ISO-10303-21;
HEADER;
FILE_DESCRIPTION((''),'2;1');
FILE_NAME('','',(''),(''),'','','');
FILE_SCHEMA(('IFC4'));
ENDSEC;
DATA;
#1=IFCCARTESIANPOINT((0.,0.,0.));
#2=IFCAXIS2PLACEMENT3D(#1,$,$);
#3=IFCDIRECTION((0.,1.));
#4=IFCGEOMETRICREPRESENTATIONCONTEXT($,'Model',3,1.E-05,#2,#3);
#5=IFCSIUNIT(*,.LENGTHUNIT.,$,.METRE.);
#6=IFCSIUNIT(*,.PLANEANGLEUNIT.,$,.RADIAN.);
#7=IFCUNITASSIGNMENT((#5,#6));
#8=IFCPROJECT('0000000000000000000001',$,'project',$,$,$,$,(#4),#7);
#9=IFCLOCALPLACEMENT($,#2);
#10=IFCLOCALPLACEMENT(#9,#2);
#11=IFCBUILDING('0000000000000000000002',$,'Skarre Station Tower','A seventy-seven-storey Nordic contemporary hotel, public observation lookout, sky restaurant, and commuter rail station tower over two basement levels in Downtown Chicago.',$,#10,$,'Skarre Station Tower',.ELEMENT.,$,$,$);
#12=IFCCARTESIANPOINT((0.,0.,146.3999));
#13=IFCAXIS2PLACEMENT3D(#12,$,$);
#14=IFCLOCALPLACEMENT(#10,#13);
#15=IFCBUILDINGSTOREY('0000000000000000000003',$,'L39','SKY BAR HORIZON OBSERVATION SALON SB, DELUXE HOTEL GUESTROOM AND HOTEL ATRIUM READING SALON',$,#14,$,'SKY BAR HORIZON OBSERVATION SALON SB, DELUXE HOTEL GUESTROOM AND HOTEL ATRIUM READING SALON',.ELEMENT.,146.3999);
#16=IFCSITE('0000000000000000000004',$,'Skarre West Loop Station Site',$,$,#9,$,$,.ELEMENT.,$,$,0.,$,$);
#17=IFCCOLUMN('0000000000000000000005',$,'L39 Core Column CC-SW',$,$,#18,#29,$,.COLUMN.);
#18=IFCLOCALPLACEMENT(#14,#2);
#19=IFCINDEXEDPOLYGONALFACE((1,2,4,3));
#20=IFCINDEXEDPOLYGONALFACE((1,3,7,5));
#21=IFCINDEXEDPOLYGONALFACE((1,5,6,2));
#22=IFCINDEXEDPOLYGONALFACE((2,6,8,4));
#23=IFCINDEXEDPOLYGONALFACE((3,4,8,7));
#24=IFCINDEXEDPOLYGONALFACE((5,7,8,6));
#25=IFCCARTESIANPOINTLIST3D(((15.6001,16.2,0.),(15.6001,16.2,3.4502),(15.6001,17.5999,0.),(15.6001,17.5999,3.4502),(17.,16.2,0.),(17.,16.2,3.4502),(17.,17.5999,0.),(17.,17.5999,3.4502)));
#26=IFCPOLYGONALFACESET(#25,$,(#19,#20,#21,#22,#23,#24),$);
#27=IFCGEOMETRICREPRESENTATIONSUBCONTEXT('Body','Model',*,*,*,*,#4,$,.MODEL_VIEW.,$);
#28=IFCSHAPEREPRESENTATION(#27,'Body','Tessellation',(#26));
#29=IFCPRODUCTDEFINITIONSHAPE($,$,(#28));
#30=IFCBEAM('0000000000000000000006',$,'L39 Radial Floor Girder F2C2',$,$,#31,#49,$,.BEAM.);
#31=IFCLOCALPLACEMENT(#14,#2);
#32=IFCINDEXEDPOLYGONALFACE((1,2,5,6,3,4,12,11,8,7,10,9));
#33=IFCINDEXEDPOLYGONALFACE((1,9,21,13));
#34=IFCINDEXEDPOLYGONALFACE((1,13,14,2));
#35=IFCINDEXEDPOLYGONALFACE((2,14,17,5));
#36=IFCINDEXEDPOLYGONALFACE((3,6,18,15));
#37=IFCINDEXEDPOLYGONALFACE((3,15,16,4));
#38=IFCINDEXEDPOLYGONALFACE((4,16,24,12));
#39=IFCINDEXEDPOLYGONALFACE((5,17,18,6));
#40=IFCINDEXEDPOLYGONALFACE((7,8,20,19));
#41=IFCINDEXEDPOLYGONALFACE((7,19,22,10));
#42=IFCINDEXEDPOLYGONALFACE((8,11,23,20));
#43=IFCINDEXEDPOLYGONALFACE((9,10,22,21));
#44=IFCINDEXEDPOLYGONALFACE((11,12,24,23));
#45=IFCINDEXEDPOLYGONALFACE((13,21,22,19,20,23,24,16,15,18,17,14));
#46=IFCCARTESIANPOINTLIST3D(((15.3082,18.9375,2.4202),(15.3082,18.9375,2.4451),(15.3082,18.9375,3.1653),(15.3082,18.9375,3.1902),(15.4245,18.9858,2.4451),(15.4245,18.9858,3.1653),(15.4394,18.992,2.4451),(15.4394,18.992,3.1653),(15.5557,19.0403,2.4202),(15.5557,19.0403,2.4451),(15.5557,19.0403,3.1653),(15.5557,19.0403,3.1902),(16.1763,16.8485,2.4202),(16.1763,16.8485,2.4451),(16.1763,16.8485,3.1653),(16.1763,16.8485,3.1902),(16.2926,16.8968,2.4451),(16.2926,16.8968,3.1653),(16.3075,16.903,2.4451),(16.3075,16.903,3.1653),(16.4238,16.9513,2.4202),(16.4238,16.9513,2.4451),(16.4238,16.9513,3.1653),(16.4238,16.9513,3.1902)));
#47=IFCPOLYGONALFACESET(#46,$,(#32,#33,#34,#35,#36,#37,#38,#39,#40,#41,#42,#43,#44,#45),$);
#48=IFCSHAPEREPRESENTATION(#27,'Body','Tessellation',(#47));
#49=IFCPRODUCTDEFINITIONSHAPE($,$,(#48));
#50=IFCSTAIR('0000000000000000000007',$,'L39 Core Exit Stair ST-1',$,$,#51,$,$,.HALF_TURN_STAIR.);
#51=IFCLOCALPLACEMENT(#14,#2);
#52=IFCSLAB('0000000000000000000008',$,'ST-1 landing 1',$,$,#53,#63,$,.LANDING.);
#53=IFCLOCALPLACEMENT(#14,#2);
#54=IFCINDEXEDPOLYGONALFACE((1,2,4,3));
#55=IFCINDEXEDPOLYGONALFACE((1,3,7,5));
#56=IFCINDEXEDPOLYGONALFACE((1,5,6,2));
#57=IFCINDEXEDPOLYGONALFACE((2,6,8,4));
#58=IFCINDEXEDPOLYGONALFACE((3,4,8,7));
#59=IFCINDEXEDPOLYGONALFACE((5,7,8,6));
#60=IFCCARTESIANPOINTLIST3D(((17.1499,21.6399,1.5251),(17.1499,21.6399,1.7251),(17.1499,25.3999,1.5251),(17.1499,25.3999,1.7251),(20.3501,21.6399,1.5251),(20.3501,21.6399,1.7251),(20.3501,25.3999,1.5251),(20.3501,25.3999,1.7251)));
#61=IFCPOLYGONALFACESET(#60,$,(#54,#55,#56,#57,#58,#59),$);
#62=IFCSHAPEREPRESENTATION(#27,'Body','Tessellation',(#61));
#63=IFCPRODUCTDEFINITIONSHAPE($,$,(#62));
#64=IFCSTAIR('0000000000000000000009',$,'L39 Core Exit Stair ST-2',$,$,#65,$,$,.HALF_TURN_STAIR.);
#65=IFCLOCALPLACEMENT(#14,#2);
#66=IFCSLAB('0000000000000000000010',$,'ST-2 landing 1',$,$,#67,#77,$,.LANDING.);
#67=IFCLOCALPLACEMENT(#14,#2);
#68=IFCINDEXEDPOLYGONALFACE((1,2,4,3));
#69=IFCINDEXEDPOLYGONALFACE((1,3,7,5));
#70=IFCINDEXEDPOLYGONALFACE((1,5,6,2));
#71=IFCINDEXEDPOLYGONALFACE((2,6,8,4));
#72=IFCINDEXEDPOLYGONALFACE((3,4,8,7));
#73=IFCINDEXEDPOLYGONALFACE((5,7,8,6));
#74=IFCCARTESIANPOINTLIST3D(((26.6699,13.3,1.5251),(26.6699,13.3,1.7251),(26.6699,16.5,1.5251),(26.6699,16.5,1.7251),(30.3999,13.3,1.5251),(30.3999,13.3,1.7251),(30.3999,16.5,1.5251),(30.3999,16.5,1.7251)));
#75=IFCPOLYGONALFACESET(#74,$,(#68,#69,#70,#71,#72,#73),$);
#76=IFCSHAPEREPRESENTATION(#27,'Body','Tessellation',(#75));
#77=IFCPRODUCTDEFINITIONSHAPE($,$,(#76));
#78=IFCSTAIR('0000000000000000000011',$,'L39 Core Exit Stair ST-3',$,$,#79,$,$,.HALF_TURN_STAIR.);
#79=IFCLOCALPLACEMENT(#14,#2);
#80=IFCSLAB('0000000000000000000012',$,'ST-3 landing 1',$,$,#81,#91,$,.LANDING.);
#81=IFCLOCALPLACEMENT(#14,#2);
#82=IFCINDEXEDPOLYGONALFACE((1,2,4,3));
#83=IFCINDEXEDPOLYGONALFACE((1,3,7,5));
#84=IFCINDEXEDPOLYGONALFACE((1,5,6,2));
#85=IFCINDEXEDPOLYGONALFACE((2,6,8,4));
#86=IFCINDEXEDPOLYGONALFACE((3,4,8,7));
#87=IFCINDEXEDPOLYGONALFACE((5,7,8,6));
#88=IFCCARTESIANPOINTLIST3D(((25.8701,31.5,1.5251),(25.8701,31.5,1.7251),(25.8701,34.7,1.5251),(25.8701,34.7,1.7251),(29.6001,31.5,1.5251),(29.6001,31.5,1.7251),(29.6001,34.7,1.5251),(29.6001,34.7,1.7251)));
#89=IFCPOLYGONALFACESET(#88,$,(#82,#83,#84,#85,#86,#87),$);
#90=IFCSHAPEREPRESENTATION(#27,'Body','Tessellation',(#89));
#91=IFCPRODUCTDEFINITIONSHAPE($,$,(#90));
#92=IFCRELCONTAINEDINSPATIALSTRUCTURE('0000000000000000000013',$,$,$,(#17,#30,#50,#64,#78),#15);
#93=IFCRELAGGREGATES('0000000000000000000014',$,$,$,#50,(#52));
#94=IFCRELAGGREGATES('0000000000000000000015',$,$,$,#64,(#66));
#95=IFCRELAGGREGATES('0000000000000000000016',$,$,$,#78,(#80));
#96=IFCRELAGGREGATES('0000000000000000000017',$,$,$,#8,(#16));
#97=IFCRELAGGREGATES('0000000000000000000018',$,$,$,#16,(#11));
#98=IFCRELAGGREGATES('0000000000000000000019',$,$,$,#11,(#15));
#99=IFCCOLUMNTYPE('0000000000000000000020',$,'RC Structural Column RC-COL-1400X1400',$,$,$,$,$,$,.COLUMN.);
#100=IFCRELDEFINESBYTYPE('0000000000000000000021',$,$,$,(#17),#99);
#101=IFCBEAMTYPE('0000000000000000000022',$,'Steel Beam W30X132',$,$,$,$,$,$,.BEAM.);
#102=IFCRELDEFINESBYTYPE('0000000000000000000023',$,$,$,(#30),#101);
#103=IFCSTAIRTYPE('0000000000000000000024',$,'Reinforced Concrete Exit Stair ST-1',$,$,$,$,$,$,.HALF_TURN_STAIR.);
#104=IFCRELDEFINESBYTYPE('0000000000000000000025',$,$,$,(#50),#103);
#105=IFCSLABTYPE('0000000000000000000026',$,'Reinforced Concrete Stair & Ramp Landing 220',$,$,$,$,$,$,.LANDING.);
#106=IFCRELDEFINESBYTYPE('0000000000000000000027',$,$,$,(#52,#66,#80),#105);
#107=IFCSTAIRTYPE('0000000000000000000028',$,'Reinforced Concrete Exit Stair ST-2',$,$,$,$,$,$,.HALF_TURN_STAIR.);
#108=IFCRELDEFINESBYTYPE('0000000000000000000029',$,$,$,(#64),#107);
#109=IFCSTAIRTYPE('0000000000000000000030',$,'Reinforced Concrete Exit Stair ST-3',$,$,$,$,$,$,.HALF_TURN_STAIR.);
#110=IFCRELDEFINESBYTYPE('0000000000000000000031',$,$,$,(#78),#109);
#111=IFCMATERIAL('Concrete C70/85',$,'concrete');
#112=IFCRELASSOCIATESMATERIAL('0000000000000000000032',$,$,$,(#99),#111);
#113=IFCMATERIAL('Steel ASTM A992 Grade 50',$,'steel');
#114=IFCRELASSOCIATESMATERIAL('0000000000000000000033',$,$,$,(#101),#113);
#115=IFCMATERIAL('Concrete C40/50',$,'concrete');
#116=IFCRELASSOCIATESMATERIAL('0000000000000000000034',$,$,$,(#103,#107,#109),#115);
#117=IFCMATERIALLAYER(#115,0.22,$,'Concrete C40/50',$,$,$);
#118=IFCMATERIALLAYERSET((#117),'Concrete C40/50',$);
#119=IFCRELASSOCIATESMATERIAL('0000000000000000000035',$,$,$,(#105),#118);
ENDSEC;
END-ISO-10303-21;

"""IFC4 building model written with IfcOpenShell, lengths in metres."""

from ifc_helpers import new_model, si_unit, direction, frame, origin, origin_2d, place, context, subcontext, project, spatial, polyline, rectangle, i_section, outline, extrude, material, layer, layer_set, material_profile, profile_set, type_object, element, aggregate, save


model = new_model("IFC4")

# Units and contexts
model_context = context("Model", 3, precision=1e-05, world=origin(), true_north=direction((0.0, 1.0)))
body_context = subcontext(model_context, "Body", "Model", "MODEL_VIEW")
ifc_project = project(units=[si_unit("LENGTHUNIT", "METRE"), si_unit("PLANEANGLEUNIT", "RADIAN")], contexts=[model_context])

# Site, building, storey
site_placement = place(None, origin())
site = spatial("IfcSite", under=ifc_project, at=site_placement, Name="Skarre West Loop Station Site", CompositionType="ELEMENT", RefElevation=0.0)
building_placement = place(site_placement, origin())
building = spatial("IfcBuilding", under=site, at=building_placement, Name="Skarre Station Tower", Description="A seventy-seven-storey Nordic contemporary hotel, public observation lookout, sky restaurant, and commuter rail station tower over two basement levels in Downtown Chicago.", LongName="Skarre Station Tower", CompositionType="ELEMENT")
storey_placement = place(building_placement, frame((0.0, 0.0, 146.3999)))
storey = spatial("IfcBuildingStorey", under=building, at=storey_placement, Name="L39", Description="SKY BAR HORIZON OBSERVATION SALON SB, DELUXE HOTEL GUESTROOM AND HOTEL ATRIUM READING SALON", LongName="SKY BAR HORIZON OBSERVATION SALON SB, DELUXE HOTEL GUESTROOM AND HOTEL ATRIUM READING SALON", CompositionType="ELEMENT", Elevation=146.3999)

# Column
ifc_material_1 = material(Name="Concrete C70/85", Category="concrete")
ifc_material_profile_1 = material_profile(ifc_material_1, rectangle(XDim=1.3999, YDim=1.3999, at=origin_2d()), Name="Concrete C70/85")
ifc_profile_set_1 = profile_set([ifc_material_profile_1], Name="Concrete C70/85")
column_type = type_object("IfcColumnType", Name="RC Structural Column RC-COL-1400X1400", PredefinedType="COLUMN", material=ifc_profile_set_1)
column_placement = place(storey_placement, frame((16.3, 16.8999, 0.0), z_axis=(0.0, 0.0, 1.0), x_axis=(1.0, 0.0, 0.0)))
element("IfcColumn", 1, at=column_placement, inside=storey, type_object=column_type, Name="L39 Core Column CC-SW", PredefinedType="COLUMN", context=body_context, shape_type="SweptSolid", body=[
    extrude(rectangle(XDim=1.3999, YDim=1.3999, at=origin_2d()), origin(), (0.0, 0.0, 1.0), 3.4502),
])

# Beam
ifc_material_2 = material(Name="Steel ASTM A992 Grade 50", Category="steel")
ifc_material_profile_2 = material_profile(ifc_material_2, i_section(OverallWidth=0.2681, OverallDepth=0.77, WebThickness=0.0161, FlangeThickness=0.0249, at=origin_2d()), Name="Steel ASTM A992 Grade 50")
ifc_profile_set_2 = profile_set([ifc_material_profile_2], Name="Steel ASTM A992 Grade 50")
beam_type = type_object("IfcBeamType", Name="Steel Beam W30X132", PredefinedType="BEAM", material=ifc_profile_set_2)
beam_placement = place(storey_placement, frame((16.3, 16.8999, 2.8052), z_axis=(-0.383749, 0.923437, 0.0), x_axis=(-0.923437, -0.383749, 0.0)))
element("IfcBeam", 2, at=beam_placement, inside=storey, type_object=beam_type, Name="L39 Radial Floor Girder F2C2", PredefinedType="BEAM", context=body_context, shape_type="SweptSolid", body=[
    extrude(i_section(OverallWidth=0.2681, OverallDepth=0.77, WebThickness=0.0161, FlangeThickness=0.0249, at=origin_2d()), origin(), (0.0, 0.0, 1.0), 2.2622),
])

# Stairs, slabs
ifc_material_3 = material(Name="Concrete C40/50", Category="concrete")
stair_type_1 = type_object("IfcStairType", Name="Reinforced Concrete Exit Stair ST-1", PredefinedType="HALF_TURN_STAIR", material=ifc_material_3)
stair_1_placement = place(storey_placement, origin())
stair_1 = element("IfcStair", 3, at=stair_1_placement, inside=storey, type_object=stair_type_1, Name="L39 Core Exit Stair ST-1", PredefinedType="HALF_TURN_STAIR")
ifc_layer_1 = layer(ifc_material_3, 0.22, Name="Concrete C40/50")
ifc_layer_set_1 = layer_set([ifc_layer_1], Name="Concrete C40/50")
slab_type_1 = type_object("IfcSlabType", Name="Reinforced Concrete Stair & Ramp Landing 220", PredefinedType="LANDING", material=ifc_layer_set_1)
slab_1_placement = place(storey_placement, frame((0.0, 0.0, 1.5251)))
slab_1 = element("IfcSlab", 4, at=slab_1_placement, type_object=slab_type_1, Name="ST-1 landing 1", PredefinedType="LANDING", context=body_context, shape_type="SweptSolid", body=[
    extrude(outline(polyline([(20.3501, 21.6399), (20.3501, 25.3999), (17.1499, 25.3999), (17.1499, 21.6399), (20.3501, 21.6399)])), origin(), (0.0, 0.0, 1.0), 0.2),
])
aggregate(stair_1, [slab_1])
stair_type_2 = type_object("IfcStairType", Name="Reinforced Concrete Exit Stair ST-2", PredefinedType="HALF_TURN_STAIR", material=ifc_material_3)
stair_2_placement = place(storey_placement, origin())
stair_2 = element("IfcStair", 5, at=stair_2_placement, inside=storey, type_object=stair_type_2, Name="L39 Core Exit Stair ST-2", PredefinedType="HALF_TURN_STAIR")
slab_2_placement = place(storey_placement, frame((0.0, 0.0, 1.5251)))
slab_2 = element("IfcSlab", 6, at=slab_2_placement, type_object=slab_type_1, Name="ST-2 landing 1", PredefinedType="LANDING", context=body_context, shape_type="SweptSolid", body=[
    extrude(outline(polyline([(26.6699, 13.3), (30.3999, 13.3), (30.3999, 16.5), (26.6699, 16.5), (26.6699, 13.3)])), origin(), (0.0, 0.0, 1.0), 0.2),
])
aggregate(stair_2, [slab_2])
stair_type_3 = type_object("IfcStairType", Name="Reinforced Concrete Exit Stair ST-3", PredefinedType="HALF_TURN_STAIR", material=ifc_material_3)
stair_3_placement = place(storey_placement, origin())
stair_3 = element("IfcStair", 7, at=stair_3_placement, inside=storey, type_object=stair_type_3, Name="L39 Core Exit Stair ST-3", PredefinedType="HALF_TURN_STAIR")
slab_3_placement = place(storey_placement, frame((0.0, 0.0, 1.5251)))
slab_3 = element("IfcSlab", 8, at=slab_3_placement, type_object=slab_type_1, Name="ST-3 landing 1", PredefinedType="LANDING", context=body_context, shape_type="SweptSolid", body=[
    extrude(outline(polyline([(25.8701, 31.5), (29.6001, 31.5), (29.6001, 34.7), (25.8701, 34.7), (25.8701, 31.5)])), origin(), (0.0, 0.0, 1.0), 0.2),
])
aggregate(stair_3, [slab_3])

save(model, "model.ifc")
